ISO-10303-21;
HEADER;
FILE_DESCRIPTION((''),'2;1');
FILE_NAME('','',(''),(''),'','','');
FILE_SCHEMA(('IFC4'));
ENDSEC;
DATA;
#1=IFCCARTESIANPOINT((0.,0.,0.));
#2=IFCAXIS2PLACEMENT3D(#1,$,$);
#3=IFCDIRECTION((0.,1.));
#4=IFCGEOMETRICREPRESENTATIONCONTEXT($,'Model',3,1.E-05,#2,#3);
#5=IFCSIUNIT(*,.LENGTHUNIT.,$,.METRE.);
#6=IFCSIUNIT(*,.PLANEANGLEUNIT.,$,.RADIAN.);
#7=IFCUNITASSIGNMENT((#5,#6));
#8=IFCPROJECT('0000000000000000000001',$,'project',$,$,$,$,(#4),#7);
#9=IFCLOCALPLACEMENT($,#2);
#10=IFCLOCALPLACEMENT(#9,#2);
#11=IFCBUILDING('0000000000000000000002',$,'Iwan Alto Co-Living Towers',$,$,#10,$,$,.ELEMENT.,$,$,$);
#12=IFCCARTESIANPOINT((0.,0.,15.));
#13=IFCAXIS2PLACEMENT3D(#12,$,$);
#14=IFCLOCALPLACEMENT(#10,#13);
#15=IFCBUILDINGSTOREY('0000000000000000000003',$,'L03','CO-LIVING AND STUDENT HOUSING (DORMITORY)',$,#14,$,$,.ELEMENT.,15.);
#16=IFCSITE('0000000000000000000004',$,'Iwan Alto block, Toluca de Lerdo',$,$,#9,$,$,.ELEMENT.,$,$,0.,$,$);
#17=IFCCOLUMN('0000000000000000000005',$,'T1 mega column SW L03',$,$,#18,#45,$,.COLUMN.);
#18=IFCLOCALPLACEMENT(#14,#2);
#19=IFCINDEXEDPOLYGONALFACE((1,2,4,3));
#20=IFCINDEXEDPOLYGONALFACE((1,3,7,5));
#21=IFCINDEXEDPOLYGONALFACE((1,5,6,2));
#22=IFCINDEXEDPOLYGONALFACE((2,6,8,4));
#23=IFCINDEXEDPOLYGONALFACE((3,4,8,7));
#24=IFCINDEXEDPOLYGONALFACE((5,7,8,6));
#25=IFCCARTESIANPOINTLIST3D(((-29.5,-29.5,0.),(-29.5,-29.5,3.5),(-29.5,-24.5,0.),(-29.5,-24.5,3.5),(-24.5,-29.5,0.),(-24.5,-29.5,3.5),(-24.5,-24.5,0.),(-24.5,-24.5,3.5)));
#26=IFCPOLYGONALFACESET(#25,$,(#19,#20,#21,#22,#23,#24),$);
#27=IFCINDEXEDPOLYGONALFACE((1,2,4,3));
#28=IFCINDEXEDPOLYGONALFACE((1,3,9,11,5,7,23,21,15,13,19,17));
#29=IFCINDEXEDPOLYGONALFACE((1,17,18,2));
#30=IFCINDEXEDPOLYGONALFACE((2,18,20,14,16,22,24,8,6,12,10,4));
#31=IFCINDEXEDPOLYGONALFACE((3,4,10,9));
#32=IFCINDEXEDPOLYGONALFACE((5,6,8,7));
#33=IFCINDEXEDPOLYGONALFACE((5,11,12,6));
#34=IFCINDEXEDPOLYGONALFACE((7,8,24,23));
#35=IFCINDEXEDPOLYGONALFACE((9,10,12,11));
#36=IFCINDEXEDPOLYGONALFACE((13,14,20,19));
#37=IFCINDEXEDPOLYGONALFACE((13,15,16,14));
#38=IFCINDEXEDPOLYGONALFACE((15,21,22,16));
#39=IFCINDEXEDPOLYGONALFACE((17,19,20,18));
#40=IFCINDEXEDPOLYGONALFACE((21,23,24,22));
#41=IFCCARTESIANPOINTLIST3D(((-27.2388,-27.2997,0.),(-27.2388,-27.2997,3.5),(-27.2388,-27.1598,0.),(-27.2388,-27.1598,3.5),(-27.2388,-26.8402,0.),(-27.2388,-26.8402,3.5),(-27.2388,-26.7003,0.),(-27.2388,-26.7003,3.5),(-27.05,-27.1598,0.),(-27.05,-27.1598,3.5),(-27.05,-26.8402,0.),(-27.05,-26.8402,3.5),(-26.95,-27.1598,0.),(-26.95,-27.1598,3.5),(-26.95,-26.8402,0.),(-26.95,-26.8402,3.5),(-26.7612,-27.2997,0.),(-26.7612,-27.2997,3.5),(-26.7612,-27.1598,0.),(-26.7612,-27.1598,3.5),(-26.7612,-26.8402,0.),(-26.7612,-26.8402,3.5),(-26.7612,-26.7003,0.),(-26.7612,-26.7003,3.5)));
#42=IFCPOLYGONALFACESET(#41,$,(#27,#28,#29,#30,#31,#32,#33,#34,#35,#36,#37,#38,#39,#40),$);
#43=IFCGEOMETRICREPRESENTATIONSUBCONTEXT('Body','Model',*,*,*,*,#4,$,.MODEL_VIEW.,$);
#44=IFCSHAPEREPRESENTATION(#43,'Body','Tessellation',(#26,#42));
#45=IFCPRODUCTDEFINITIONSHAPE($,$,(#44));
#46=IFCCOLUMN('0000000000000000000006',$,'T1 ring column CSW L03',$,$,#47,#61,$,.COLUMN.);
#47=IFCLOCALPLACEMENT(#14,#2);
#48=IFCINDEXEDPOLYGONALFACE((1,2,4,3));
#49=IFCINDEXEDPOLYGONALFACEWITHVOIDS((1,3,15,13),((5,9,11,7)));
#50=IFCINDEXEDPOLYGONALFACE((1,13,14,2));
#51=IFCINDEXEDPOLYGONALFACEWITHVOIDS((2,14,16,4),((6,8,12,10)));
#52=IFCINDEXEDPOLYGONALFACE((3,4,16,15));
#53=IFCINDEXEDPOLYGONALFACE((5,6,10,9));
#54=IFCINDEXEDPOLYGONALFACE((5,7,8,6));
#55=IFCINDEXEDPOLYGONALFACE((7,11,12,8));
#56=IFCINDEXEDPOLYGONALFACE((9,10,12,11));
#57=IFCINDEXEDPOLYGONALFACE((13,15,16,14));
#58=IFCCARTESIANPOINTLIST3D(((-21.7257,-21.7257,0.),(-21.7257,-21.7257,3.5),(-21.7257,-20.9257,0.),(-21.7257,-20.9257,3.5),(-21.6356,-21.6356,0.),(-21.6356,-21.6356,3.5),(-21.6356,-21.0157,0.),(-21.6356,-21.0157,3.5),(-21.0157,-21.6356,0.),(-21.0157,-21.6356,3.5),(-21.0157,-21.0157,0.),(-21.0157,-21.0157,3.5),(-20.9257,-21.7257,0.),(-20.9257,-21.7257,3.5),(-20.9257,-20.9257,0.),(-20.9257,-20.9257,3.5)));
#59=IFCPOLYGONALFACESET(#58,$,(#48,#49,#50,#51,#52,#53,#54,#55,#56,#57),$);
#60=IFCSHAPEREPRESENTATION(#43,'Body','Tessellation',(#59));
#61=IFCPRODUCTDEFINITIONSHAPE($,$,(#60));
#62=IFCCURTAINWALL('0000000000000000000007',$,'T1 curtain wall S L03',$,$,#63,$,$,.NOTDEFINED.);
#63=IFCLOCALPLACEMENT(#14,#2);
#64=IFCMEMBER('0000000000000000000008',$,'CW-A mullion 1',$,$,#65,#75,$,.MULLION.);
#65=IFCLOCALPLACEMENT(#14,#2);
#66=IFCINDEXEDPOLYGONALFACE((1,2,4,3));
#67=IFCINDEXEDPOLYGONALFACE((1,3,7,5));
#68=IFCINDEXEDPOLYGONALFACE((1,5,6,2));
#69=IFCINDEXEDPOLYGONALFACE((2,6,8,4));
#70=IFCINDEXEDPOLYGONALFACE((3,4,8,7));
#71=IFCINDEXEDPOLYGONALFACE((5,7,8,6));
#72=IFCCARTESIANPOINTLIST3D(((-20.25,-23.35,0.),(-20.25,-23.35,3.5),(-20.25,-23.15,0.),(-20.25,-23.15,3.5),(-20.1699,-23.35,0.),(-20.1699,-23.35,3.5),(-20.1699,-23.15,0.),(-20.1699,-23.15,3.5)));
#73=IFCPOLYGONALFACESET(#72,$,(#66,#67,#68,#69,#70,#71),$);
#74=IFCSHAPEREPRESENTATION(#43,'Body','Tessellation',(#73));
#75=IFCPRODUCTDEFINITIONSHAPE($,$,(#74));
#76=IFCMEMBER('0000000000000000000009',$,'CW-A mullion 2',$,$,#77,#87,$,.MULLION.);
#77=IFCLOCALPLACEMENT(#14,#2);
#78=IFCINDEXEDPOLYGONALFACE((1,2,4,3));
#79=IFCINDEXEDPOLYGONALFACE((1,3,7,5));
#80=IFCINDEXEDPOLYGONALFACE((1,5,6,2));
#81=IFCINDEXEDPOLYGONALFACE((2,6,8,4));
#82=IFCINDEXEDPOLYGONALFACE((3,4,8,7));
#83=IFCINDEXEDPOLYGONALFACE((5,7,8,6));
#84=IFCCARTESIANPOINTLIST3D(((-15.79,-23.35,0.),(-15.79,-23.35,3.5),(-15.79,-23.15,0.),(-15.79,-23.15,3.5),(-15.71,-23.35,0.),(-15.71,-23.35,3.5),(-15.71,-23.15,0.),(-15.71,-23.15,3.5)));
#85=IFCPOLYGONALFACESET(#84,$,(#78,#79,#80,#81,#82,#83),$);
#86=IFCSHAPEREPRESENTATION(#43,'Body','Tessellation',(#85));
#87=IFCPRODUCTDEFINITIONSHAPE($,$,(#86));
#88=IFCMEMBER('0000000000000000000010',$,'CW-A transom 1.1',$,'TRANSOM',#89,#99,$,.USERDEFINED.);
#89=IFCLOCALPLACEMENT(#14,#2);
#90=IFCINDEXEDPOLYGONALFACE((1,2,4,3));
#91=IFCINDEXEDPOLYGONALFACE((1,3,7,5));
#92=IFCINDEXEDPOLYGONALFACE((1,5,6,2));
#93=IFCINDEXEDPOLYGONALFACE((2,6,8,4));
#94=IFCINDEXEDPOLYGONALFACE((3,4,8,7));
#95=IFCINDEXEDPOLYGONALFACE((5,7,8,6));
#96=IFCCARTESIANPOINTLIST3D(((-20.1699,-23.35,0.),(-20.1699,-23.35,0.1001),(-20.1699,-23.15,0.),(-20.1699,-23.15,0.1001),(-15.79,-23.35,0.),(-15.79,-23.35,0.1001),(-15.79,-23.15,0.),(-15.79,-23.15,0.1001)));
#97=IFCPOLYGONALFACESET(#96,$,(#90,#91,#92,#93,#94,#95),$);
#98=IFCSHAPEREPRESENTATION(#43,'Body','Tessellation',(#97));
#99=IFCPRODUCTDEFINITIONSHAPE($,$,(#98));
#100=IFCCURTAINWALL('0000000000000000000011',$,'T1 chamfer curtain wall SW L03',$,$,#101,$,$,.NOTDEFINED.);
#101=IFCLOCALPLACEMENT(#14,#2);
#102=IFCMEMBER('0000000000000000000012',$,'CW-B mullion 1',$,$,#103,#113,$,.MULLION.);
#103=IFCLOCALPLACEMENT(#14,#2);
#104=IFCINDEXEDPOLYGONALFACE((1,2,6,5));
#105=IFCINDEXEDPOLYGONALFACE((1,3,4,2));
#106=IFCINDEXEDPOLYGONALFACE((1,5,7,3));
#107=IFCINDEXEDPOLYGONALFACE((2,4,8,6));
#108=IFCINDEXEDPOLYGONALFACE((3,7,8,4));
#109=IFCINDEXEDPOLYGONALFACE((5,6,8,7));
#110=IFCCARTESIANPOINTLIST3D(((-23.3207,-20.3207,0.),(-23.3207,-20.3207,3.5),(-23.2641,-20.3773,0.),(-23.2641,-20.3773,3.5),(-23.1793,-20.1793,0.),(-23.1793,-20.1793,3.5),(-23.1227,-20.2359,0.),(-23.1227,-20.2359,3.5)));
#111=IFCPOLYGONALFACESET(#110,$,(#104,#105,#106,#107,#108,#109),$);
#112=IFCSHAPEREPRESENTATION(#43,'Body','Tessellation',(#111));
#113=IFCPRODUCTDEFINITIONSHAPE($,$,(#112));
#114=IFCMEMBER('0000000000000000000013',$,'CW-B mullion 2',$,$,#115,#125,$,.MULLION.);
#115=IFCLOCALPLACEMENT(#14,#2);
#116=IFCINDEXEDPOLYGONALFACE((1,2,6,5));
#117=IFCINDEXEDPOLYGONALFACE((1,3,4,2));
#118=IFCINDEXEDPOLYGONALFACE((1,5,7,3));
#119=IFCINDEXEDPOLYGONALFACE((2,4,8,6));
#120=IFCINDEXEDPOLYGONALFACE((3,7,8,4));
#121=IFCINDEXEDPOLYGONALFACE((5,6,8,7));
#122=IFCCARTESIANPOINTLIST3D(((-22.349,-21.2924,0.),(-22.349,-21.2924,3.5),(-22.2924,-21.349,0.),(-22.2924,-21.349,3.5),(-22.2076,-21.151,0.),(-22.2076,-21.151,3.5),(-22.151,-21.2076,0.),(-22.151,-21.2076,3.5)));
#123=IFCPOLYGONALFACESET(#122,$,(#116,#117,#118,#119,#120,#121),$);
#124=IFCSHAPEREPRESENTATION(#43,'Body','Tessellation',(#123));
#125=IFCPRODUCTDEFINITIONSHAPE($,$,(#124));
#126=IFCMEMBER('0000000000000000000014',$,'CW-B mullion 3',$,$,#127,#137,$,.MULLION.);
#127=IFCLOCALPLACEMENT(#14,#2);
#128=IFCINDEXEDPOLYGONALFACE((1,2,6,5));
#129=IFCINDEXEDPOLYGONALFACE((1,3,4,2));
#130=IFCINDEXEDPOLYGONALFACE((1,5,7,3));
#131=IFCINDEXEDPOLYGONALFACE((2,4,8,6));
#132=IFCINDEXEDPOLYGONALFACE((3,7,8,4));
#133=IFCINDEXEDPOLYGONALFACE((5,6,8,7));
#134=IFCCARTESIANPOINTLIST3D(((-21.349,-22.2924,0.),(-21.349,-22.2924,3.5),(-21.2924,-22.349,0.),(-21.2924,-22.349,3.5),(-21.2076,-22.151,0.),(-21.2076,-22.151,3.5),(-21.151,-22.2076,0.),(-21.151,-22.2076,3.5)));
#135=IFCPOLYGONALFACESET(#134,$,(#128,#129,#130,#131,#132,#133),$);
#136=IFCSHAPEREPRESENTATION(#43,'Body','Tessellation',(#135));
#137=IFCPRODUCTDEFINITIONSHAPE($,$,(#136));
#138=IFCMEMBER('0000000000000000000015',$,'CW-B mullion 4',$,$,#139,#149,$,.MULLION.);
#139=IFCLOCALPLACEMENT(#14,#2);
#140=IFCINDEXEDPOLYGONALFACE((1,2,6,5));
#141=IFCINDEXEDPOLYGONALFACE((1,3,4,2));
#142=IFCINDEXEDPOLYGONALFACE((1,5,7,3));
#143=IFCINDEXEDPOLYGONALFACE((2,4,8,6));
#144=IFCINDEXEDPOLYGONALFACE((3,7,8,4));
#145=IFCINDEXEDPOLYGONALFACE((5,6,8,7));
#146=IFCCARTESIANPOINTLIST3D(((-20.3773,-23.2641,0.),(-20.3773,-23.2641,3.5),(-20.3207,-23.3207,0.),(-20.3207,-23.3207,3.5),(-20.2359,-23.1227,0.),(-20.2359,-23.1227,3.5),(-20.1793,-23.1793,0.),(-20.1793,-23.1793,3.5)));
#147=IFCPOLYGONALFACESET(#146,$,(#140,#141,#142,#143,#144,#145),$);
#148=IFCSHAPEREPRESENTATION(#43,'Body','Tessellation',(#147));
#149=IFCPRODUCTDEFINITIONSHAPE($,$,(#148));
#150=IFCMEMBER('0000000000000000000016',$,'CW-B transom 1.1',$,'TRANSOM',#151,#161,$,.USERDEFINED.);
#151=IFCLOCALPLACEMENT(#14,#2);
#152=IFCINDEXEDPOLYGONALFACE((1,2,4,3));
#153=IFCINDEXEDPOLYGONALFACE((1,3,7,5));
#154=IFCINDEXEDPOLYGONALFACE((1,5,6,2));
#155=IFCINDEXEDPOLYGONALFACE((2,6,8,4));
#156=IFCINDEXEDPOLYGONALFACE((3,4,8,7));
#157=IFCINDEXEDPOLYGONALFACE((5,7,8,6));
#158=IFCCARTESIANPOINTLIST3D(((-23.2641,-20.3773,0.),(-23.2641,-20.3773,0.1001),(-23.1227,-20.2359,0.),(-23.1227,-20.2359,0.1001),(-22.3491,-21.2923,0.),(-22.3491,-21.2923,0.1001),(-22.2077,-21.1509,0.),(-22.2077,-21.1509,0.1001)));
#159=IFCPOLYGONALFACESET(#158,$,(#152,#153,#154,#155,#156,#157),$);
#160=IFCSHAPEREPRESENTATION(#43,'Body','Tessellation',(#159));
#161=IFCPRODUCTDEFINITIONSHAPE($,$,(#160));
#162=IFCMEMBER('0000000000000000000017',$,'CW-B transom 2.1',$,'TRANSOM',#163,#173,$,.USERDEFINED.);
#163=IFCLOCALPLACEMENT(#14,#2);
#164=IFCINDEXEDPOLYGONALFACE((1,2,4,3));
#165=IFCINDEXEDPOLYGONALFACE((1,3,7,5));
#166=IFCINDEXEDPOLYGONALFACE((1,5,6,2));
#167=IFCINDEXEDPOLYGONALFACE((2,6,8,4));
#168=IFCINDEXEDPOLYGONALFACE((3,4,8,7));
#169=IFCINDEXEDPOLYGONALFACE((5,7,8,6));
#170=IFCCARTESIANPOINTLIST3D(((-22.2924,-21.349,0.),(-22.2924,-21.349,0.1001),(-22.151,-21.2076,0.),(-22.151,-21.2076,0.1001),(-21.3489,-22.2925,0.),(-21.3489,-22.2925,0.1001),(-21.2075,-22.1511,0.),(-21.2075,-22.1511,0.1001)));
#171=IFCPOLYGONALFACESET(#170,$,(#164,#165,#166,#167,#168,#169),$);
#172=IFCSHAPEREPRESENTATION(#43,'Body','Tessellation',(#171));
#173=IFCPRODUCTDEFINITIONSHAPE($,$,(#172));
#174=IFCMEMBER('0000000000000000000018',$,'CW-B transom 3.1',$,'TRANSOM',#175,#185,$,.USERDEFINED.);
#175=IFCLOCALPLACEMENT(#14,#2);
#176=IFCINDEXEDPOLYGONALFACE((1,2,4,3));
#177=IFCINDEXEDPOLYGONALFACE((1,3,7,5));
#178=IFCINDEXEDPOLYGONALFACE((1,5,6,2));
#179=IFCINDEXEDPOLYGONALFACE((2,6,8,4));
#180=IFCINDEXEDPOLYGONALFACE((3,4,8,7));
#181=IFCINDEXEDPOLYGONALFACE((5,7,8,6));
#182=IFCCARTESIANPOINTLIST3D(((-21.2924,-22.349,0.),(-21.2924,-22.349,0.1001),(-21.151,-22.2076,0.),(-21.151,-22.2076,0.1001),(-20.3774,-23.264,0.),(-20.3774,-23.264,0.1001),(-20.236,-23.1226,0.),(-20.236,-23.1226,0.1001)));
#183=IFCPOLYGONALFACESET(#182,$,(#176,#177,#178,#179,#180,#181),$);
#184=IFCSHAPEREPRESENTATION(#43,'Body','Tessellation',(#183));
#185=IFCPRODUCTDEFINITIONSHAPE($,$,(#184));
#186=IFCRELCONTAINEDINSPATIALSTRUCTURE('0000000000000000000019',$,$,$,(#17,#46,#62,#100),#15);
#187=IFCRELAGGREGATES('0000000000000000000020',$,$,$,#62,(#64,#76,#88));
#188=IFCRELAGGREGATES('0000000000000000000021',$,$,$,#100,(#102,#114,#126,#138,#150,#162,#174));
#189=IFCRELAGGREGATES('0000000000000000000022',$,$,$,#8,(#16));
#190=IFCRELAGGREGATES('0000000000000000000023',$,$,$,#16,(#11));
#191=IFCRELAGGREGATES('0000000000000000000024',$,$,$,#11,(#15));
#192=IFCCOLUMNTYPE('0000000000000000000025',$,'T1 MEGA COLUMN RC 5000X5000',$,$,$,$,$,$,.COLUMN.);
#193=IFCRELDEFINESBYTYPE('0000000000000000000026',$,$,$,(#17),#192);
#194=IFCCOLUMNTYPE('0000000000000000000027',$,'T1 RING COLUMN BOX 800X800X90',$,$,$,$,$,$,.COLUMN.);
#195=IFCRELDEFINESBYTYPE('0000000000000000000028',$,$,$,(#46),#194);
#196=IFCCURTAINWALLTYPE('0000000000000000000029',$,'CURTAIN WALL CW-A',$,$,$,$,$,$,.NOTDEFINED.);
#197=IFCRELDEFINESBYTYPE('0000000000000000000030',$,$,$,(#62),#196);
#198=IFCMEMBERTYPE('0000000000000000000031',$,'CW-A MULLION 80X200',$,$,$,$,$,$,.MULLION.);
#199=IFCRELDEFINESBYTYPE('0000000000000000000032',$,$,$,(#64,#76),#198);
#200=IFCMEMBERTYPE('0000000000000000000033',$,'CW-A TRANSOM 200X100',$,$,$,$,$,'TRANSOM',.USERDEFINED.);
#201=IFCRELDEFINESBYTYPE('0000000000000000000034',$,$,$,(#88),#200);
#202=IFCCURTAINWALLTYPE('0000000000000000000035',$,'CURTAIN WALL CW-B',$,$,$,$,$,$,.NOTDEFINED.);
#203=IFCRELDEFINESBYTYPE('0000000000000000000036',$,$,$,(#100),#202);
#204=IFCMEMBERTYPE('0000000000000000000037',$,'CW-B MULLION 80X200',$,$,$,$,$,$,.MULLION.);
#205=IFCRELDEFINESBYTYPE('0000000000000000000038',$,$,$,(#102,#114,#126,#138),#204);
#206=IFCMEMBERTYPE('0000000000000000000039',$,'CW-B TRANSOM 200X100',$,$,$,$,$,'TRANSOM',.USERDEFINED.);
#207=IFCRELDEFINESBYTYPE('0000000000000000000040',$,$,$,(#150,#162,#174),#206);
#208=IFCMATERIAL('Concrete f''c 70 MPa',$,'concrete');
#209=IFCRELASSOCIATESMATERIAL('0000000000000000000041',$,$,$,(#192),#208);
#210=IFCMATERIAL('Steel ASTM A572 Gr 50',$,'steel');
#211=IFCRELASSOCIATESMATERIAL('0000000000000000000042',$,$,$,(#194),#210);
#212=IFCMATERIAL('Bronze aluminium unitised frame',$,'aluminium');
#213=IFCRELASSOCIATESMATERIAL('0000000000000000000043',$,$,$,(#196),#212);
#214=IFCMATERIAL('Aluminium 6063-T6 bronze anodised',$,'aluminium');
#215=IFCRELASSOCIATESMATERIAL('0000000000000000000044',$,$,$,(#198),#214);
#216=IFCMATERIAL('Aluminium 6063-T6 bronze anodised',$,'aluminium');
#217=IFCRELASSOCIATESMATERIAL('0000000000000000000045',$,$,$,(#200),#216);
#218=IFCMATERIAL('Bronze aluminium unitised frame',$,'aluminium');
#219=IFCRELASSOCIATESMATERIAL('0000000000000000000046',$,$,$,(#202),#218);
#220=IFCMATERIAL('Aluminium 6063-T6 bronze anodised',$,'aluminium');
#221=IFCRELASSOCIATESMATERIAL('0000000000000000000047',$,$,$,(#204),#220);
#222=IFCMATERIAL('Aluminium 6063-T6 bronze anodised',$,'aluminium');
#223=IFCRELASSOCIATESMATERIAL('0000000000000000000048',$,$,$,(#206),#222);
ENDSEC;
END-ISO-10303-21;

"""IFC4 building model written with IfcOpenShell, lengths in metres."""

from ifc_helpers import new_model, si_unit, direction, frame, origin, origin_2d, place, context, subcontext, project, spatial, rectangle, hollow_rectangle, i_section, extrude, material, material_profile, profile_set, type_object, element, aggregate, save


model = new_model("IFC4")

# Units and contexts
model_context = context("Model", 3, precision=1e-05, world=origin(), true_north=direction((0.0, 1.0)))
body_context = subcontext(model_context, "Body", "Model", "MODEL_VIEW")
ifc_project = project(units=[si_unit("LENGTHUNIT", "METRE"), si_unit("PLANEANGLEUNIT", "RADIAN")], contexts=[model_context])

# Site, building, storey
site_placement = place(None, origin())
site = spatial("IfcSite", under=ifc_project, at=site_placement, Name="Iwan Alto block, Toluca de Lerdo", CompositionType="ELEMENT", RefElevation=0.0)
building_placement = place(site_placement, origin())
building = spatial("IfcBuilding", under=site, at=building_placement, Name="Iwan Alto Co-Living Towers", CompositionType="ELEMENT")
storey_placement = place(building_placement, frame((0.0, 0.0, 15.0)))
storey = spatial("IfcBuildingStorey", under=building, at=storey_placement, Name="L03", Description="CO-LIVING AND STUDENT HOUSING (DORMITORY)", CompositionType="ELEMENT", Elevation=15.0)

# Columns
ifc_material_1 = material(Name="Concrete f'c 70 MPa", Category="concrete")
ifc_material_profile_1 = material_profile(ifc_material_1, rectangle(XDim=5.0, YDim=5.0, at=origin_2d()), Name="RC 5000X5000")
ifc_profile_set_1 = profile_set([ifc_material_profile_1], Name="Concrete f'c 70 MPa")
column_type_1 = type_object("IfcColumnType", Name="T1 MEGA COLUMN RC 5000X5000", PredefinedType="COLUMN", material=ifc_profile_set_1)
column_1_placement = place(storey_placement, frame((-27.0, -27.0, 0.0), z_axis=(0.0, 0.0, 1.0), x_axis=(1.0, 0.0, 0.0)))
element("IfcColumn", 1, at=column_1_placement, inside=storey, type_object=column_type_1, Name="T1 mega column SW L03", PredefinedType="COLUMN", context=body_context, shape_type="SweptSolid", body=[
    extrude(rectangle(XDim=5.0, YDim=5.0, at=origin_2d()), origin(), (0.0, 0.0, 1.0), 3.5),
    extrude(i_section(OverallWidth=0.4775, OverallDepth=0.5994, WebThickness=0.1001, FlangeThickness=0.1399, at=origin_2d()), origin(), (0.0, 0.0, 1.0), 3.5),
])
ifc_material_2 = material(Name="Steel ASTM A572 Gr 50", Category="steel")
ifc_material_profile_2 = material_profile(ifc_material_2, hollow_rectangle(XDim=0.8, YDim=0.8, WallThickness=0.0901, at=origin_2d()), Name="BOX 800X800X90")
ifc_profile_set_2 = profile_set([ifc_material_profile_2], Name="Steel ASTM A572 Gr 50")
column_type_2 = type_object("IfcColumnType", Name="T1 RING COLUMN BOX 800X800X90", PredefinedType="COLUMN", material=ifc_profile_set_2)
column_2_placement = place(storey_placement, frame((-21.3257, -21.3257, 0.0), z_axis=(0.0, 0.0, 1.0), x_axis=(1.0, 0.0, 0.0)))
element("IfcColumn", 2, at=column_2_placement, inside=storey, type_object=column_type_2, Name="T1 ring column CSW L03", PredefinedType="COLUMN", context=body_context, shape_type="SweptSolid", body=[
    extrude(hollow_rectangle(XDim=0.8, YDim=0.8, WallThickness=0.0901, at=origin_2d()), origin(), (0.0, 0.0, 1.0), 3.5),
])

# Curtain walls, members
ifc_material_3 = material(Name="Bronze aluminium unitised frame", Category="aluminium")
curtain_wall_type_1 = type_object("IfcCurtainWallType", Name="CURTAIN WALL CW-A", PredefinedType="NOTDEFINED", material=ifc_material_3)
curtain_wall_1_placement = place(storey_placement, origin())
curtain_wall_1 = element("IfcCurtainWall", 3, at=curtain_wall_1_placement, inside=storey, type_object=curtain_wall_type_1, Name="T1 curtain wall S L03", PredefinedType="NOTDEFINED")
ifc_material_4 = material(Name="Aluminium 6063-T6 bronze anodised", Category="aluminium")
ifc_material_profile_3 = material_profile(ifc_material_4, rectangle(XDim=0.2, YDim=0.0801, at=origin_2d()), Name="AL 80X200")
ifc_profile_set_3 = profile_set([ifc_material_profile_3], Name="Aluminium 6063-T6 bronze anodised")
member_type_1 = type_object("IfcMemberType", Name="CW-A MULLION 80X200", PredefinedType="MULLION", material=ifc_profile_set_3)
member_1_placement = place(storey_placement, frame((-20.21, -23.25, 0.0), z_axis=(0.0, 0.0, 1.0), x_axis=(0.0, 1.0, 0.0)))
member_1 = element("IfcMember", 4, at=member_1_placement, type_object=member_type_1, Name="CW-A mullion 1", PredefinedType="MULLION", context=body_context, shape_type="SweptSolid", body=[
    extrude(rectangle(XDim=0.2, YDim=0.0801, at=origin_2d()), origin(), (0.0, 0.0, 1.0), 3.5),
])
member_2_placement = place(storey_placement, frame((-15.75, -23.25, 0.0), z_axis=(0.0, 0.0, 1.0), x_axis=(0.0, 1.0, 0.0)))
member_2 = element("IfcMember", 5, at=member_2_placement, type_object=member_type_1, Name="CW-A mullion 2", PredefinedType="MULLION", context=body_context, shape_type="SweptSolid", body=[
    extrude(rectangle(XDim=0.2, YDim=0.0801, at=origin_2d()), origin(), (0.0, 0.0, 1.0), 3.5),
])
ifc_material_5 = material(Name="Aluminium 6063-T6 bronze anodised", Category="aluminium")
ifc_material_profile_4 = material_profile(ifc_material_5, rectangle(XDim=0.2, YDim=0.1001, at=origin_2d()), Name="AL 200X100")
ifc_profile_set_4 = profile_set([ifc_material_profile_4], Name="Aluminium 6063-T6 bronze anodised")
member_type_2 = type_object("IfcMemberType", Name="CW-A TRANSOM 200X100", ElementType="TRANSOM", PredefinedType="USERDEFINED", material=ifc_profile_set_4)
member_3_placement = place(storey_placement, frame((-20.1699, -23.25, 0.05), z_axis=(1.0, 0.0, 0.0), x_axis=(0.0, 1.0, 0.0)))
member_3 = element("IfcMember", 6, at=member_3_placement, type_object=member_type_2, Name="CW-A transom 1.1", ObjectType="TRANSOM", PredefinedType="USERDEFINED", context=body_context, shape_type="SweptSolid", body=[
    extrude(rectangle(XDim=0.2, YDim=0.1001, at=origin_2d()), origin(), (0.0, 0.0, 1.0), 4.3799),
])
ifc_material_6 = material(Name="Bronze aluminium unitised frame", Category="aluminium")
curtain_wall_type_2 = type_object("IfcCurtainWallType", Name="CURTAIN WALL CW-B", PredefinedType="NOTDEFINED", material=ifc_material_6)
curtain_wall_2_placement = place(storey_placement, origin())
curtain_wall_2 = element("IfcCurtainWall", 7, at=curtain_wall_2_placement, inside=storey, type_object=curtain_wall_type_2, Name="T1 chamfer curtain wall SW L03", PredefinedType="NOTDEFINED")
ifc_material_7 = material(Name="Aluminium 6063-T6 bronze anodised", Category="aluminium")
ifc_material_profile_5 = material_profile(ifc_material_7, rectangle(XDim=0.2, YDim=0.0801, at=origin_2d()), Name="AL 80X200")
ifc_profile_set_5 = profile_set([ifc_material_profile_5], Name="Aluminium 6063-T6 bronze anodised")
member_type_3 = type_object("IfcMemberType", Name="CW-B MULLION 80X200", PredefinedType="MULLION", material=ifc_profile_set_5)
member_4_placement = place(storey_placement, frame((-23.2217, -20.2783, 0.0), z_axis=(0.0, 0.0, 1.0), x_axis=(0.707107, 0.707107, 0.0)))
member_4 = element("IfcMember", 8, at=member_4_placement, type_object=member_type_3, Name="CW-B mullion 1", PredefinedType="MULLION", context=body_context, shape_type="SweptSolid", body=[
    extrude(rectangle(XDim=0.2, YDim=0.0801, at=origin_2d()), origin(), (0.0, 0.0, 1.0), 3.5),
])
member_5_placement = place(storey_placement, frame((-22.25, -21.25, 0.0), z_axis=(0.0, 0.0, 1.0), x_axis=(0.707107, 0.707107, 0.0)))
member_5 = element("IfcMember", 9, at=member_5_placement, type_object=member_type_3, Name="CW-B mullion 2", PredefinedType="MULLION", context=body_context, shape_type="SweptSolid", body=[
    extrude(rectangle(XDim=0.2, YDim=0.0801, at=origin_2d()), origin(), (0.0, 0.0, 1.0), 3.5),
])
member_6_placement = place(storey_placement, frame((-21.25, -22.25, 0.0), z_axis=(0.0, 0.0, 1.0), x_axis=(0.707107, 0.707107, 0.0)))
member_6 = element("IfcMember", 10, at=member_6_placement, type_object=member_type_3, Name="CW-B mullion 3", PredefinedType="MULLION", context=body_context, shape_type="SweptSolid", body=[
    extrude(rectangle(XDim=0.2, YDim=0.0801, at=origin_2d()), origin(), (0.0, 0.0, 1.0), 3.5),
])
member_7_placement = place(storey_placement, frame((-20.2783, -23.2217, 0.0), z_axis=(0.0, 0.0, 1.0), x_axis=(0.707107, 0.707107, 0.0)))
member_7 = element("IfcMember", 11, at=member_7_placement, type_object=member_type_3, Name="CW-B mullion 4", PredefinedType="MULLION", context=body_context, shape_type="SweptSolid", body=[
    extrude(rectangle(XDim=0.2, YDim=0.0801, at=origin_2d()), origin(), (0.0, 0.0, 1.0), 3.5),
])
ifc_material_8 = material(Name="Aluminium 6063-T6 bronze anodised", Category="aluminium")
ifc_material_profile_6 = material_profile(ifc_material_8, rectangle(XDim=0.2, YDim=0.1001, at=origin_2d()), Name="AL 200X100")
ifc_profile_set_6 = profile_set([ifc_material_profile_6], Name="Aluminium 6063-T6 bronze anodised")
member_type_4 = type_object("IfcMemberType", Name="CW-B TRANSOM 200X100", ElementType="TRANSOM", PredefinedType="USERDEFINED", material=ifc_profile_set_6)
member_8_placement = place(storey_placement, frame((-23.1934, -20.3066, 0.05), z_axis=(0.707107, -0.707107, 0.0), x_axis=(0.707107, 0.707107, 0.0)))
member_8 = element("IfcMember", 12, at=member_8_placement, type_object=member_type_4, Name="CW-B transom 1.1", ObjectType="TRANSOM", PredefinedType="USERDEFINED", context=body_context, shape_type="SweptSolid", body=[
    extrude(rectangle(XDim=0.2, YDim=0.1001, at=origin_2d()), origin(), (0.0, 0.0, 1.0), 1.2939),
])
member_9_placement = place(storey_placement, frame((-22.2217, -21.2783, 0.05), z_axis=(0.707107, -0.707107, 0.0), x_axis=(0.707107, 0.707107, 0.0)))
member_9 = element("IfcMember", 13, at=member_9_placement, type_object=member_type_4, Name="CW-B transom 2.1", ObjectType="TRANSOM", PredefinedType="USERDEFINED", context=body_context, shape_type="SweptSolid", body=[
    extrude(rectangle(XDim=0.2, YDim=0.1001, at=origin_2d()), origin(), (0.0, 0.0, 1.0), 1.3342),
])
member_10_placement = place(storey_placement, frame((-21.2217, -22.2783, 0.05), z_axis=(0.707107, -0.707107, 0.0), x_axis=(0.707107, 0.707107, 0.0)))
member_10 = element("IfcMember", 14, at=member_10_placement, type_object=member_type_4, Name="CW-B transom 3.1", ObjectType="TRANSOM", PredefinedType="USERDEFINED", context=body_context, shape_type="SweptSolid", body=[
    extrude(rectangle(XDim=0.2, YDim=0.1001, at=origin_2d()), origin(), (0.0, 0.0, 1.0), 1.2939),
])

aggregate(curtain_wall_1, [member_1, member_2, member_3])
aggregate(curtain_wall_2, [member_4, member_5, member_6, member_7, member_8, member_9, member_10])

save(model, "model.ifc")
